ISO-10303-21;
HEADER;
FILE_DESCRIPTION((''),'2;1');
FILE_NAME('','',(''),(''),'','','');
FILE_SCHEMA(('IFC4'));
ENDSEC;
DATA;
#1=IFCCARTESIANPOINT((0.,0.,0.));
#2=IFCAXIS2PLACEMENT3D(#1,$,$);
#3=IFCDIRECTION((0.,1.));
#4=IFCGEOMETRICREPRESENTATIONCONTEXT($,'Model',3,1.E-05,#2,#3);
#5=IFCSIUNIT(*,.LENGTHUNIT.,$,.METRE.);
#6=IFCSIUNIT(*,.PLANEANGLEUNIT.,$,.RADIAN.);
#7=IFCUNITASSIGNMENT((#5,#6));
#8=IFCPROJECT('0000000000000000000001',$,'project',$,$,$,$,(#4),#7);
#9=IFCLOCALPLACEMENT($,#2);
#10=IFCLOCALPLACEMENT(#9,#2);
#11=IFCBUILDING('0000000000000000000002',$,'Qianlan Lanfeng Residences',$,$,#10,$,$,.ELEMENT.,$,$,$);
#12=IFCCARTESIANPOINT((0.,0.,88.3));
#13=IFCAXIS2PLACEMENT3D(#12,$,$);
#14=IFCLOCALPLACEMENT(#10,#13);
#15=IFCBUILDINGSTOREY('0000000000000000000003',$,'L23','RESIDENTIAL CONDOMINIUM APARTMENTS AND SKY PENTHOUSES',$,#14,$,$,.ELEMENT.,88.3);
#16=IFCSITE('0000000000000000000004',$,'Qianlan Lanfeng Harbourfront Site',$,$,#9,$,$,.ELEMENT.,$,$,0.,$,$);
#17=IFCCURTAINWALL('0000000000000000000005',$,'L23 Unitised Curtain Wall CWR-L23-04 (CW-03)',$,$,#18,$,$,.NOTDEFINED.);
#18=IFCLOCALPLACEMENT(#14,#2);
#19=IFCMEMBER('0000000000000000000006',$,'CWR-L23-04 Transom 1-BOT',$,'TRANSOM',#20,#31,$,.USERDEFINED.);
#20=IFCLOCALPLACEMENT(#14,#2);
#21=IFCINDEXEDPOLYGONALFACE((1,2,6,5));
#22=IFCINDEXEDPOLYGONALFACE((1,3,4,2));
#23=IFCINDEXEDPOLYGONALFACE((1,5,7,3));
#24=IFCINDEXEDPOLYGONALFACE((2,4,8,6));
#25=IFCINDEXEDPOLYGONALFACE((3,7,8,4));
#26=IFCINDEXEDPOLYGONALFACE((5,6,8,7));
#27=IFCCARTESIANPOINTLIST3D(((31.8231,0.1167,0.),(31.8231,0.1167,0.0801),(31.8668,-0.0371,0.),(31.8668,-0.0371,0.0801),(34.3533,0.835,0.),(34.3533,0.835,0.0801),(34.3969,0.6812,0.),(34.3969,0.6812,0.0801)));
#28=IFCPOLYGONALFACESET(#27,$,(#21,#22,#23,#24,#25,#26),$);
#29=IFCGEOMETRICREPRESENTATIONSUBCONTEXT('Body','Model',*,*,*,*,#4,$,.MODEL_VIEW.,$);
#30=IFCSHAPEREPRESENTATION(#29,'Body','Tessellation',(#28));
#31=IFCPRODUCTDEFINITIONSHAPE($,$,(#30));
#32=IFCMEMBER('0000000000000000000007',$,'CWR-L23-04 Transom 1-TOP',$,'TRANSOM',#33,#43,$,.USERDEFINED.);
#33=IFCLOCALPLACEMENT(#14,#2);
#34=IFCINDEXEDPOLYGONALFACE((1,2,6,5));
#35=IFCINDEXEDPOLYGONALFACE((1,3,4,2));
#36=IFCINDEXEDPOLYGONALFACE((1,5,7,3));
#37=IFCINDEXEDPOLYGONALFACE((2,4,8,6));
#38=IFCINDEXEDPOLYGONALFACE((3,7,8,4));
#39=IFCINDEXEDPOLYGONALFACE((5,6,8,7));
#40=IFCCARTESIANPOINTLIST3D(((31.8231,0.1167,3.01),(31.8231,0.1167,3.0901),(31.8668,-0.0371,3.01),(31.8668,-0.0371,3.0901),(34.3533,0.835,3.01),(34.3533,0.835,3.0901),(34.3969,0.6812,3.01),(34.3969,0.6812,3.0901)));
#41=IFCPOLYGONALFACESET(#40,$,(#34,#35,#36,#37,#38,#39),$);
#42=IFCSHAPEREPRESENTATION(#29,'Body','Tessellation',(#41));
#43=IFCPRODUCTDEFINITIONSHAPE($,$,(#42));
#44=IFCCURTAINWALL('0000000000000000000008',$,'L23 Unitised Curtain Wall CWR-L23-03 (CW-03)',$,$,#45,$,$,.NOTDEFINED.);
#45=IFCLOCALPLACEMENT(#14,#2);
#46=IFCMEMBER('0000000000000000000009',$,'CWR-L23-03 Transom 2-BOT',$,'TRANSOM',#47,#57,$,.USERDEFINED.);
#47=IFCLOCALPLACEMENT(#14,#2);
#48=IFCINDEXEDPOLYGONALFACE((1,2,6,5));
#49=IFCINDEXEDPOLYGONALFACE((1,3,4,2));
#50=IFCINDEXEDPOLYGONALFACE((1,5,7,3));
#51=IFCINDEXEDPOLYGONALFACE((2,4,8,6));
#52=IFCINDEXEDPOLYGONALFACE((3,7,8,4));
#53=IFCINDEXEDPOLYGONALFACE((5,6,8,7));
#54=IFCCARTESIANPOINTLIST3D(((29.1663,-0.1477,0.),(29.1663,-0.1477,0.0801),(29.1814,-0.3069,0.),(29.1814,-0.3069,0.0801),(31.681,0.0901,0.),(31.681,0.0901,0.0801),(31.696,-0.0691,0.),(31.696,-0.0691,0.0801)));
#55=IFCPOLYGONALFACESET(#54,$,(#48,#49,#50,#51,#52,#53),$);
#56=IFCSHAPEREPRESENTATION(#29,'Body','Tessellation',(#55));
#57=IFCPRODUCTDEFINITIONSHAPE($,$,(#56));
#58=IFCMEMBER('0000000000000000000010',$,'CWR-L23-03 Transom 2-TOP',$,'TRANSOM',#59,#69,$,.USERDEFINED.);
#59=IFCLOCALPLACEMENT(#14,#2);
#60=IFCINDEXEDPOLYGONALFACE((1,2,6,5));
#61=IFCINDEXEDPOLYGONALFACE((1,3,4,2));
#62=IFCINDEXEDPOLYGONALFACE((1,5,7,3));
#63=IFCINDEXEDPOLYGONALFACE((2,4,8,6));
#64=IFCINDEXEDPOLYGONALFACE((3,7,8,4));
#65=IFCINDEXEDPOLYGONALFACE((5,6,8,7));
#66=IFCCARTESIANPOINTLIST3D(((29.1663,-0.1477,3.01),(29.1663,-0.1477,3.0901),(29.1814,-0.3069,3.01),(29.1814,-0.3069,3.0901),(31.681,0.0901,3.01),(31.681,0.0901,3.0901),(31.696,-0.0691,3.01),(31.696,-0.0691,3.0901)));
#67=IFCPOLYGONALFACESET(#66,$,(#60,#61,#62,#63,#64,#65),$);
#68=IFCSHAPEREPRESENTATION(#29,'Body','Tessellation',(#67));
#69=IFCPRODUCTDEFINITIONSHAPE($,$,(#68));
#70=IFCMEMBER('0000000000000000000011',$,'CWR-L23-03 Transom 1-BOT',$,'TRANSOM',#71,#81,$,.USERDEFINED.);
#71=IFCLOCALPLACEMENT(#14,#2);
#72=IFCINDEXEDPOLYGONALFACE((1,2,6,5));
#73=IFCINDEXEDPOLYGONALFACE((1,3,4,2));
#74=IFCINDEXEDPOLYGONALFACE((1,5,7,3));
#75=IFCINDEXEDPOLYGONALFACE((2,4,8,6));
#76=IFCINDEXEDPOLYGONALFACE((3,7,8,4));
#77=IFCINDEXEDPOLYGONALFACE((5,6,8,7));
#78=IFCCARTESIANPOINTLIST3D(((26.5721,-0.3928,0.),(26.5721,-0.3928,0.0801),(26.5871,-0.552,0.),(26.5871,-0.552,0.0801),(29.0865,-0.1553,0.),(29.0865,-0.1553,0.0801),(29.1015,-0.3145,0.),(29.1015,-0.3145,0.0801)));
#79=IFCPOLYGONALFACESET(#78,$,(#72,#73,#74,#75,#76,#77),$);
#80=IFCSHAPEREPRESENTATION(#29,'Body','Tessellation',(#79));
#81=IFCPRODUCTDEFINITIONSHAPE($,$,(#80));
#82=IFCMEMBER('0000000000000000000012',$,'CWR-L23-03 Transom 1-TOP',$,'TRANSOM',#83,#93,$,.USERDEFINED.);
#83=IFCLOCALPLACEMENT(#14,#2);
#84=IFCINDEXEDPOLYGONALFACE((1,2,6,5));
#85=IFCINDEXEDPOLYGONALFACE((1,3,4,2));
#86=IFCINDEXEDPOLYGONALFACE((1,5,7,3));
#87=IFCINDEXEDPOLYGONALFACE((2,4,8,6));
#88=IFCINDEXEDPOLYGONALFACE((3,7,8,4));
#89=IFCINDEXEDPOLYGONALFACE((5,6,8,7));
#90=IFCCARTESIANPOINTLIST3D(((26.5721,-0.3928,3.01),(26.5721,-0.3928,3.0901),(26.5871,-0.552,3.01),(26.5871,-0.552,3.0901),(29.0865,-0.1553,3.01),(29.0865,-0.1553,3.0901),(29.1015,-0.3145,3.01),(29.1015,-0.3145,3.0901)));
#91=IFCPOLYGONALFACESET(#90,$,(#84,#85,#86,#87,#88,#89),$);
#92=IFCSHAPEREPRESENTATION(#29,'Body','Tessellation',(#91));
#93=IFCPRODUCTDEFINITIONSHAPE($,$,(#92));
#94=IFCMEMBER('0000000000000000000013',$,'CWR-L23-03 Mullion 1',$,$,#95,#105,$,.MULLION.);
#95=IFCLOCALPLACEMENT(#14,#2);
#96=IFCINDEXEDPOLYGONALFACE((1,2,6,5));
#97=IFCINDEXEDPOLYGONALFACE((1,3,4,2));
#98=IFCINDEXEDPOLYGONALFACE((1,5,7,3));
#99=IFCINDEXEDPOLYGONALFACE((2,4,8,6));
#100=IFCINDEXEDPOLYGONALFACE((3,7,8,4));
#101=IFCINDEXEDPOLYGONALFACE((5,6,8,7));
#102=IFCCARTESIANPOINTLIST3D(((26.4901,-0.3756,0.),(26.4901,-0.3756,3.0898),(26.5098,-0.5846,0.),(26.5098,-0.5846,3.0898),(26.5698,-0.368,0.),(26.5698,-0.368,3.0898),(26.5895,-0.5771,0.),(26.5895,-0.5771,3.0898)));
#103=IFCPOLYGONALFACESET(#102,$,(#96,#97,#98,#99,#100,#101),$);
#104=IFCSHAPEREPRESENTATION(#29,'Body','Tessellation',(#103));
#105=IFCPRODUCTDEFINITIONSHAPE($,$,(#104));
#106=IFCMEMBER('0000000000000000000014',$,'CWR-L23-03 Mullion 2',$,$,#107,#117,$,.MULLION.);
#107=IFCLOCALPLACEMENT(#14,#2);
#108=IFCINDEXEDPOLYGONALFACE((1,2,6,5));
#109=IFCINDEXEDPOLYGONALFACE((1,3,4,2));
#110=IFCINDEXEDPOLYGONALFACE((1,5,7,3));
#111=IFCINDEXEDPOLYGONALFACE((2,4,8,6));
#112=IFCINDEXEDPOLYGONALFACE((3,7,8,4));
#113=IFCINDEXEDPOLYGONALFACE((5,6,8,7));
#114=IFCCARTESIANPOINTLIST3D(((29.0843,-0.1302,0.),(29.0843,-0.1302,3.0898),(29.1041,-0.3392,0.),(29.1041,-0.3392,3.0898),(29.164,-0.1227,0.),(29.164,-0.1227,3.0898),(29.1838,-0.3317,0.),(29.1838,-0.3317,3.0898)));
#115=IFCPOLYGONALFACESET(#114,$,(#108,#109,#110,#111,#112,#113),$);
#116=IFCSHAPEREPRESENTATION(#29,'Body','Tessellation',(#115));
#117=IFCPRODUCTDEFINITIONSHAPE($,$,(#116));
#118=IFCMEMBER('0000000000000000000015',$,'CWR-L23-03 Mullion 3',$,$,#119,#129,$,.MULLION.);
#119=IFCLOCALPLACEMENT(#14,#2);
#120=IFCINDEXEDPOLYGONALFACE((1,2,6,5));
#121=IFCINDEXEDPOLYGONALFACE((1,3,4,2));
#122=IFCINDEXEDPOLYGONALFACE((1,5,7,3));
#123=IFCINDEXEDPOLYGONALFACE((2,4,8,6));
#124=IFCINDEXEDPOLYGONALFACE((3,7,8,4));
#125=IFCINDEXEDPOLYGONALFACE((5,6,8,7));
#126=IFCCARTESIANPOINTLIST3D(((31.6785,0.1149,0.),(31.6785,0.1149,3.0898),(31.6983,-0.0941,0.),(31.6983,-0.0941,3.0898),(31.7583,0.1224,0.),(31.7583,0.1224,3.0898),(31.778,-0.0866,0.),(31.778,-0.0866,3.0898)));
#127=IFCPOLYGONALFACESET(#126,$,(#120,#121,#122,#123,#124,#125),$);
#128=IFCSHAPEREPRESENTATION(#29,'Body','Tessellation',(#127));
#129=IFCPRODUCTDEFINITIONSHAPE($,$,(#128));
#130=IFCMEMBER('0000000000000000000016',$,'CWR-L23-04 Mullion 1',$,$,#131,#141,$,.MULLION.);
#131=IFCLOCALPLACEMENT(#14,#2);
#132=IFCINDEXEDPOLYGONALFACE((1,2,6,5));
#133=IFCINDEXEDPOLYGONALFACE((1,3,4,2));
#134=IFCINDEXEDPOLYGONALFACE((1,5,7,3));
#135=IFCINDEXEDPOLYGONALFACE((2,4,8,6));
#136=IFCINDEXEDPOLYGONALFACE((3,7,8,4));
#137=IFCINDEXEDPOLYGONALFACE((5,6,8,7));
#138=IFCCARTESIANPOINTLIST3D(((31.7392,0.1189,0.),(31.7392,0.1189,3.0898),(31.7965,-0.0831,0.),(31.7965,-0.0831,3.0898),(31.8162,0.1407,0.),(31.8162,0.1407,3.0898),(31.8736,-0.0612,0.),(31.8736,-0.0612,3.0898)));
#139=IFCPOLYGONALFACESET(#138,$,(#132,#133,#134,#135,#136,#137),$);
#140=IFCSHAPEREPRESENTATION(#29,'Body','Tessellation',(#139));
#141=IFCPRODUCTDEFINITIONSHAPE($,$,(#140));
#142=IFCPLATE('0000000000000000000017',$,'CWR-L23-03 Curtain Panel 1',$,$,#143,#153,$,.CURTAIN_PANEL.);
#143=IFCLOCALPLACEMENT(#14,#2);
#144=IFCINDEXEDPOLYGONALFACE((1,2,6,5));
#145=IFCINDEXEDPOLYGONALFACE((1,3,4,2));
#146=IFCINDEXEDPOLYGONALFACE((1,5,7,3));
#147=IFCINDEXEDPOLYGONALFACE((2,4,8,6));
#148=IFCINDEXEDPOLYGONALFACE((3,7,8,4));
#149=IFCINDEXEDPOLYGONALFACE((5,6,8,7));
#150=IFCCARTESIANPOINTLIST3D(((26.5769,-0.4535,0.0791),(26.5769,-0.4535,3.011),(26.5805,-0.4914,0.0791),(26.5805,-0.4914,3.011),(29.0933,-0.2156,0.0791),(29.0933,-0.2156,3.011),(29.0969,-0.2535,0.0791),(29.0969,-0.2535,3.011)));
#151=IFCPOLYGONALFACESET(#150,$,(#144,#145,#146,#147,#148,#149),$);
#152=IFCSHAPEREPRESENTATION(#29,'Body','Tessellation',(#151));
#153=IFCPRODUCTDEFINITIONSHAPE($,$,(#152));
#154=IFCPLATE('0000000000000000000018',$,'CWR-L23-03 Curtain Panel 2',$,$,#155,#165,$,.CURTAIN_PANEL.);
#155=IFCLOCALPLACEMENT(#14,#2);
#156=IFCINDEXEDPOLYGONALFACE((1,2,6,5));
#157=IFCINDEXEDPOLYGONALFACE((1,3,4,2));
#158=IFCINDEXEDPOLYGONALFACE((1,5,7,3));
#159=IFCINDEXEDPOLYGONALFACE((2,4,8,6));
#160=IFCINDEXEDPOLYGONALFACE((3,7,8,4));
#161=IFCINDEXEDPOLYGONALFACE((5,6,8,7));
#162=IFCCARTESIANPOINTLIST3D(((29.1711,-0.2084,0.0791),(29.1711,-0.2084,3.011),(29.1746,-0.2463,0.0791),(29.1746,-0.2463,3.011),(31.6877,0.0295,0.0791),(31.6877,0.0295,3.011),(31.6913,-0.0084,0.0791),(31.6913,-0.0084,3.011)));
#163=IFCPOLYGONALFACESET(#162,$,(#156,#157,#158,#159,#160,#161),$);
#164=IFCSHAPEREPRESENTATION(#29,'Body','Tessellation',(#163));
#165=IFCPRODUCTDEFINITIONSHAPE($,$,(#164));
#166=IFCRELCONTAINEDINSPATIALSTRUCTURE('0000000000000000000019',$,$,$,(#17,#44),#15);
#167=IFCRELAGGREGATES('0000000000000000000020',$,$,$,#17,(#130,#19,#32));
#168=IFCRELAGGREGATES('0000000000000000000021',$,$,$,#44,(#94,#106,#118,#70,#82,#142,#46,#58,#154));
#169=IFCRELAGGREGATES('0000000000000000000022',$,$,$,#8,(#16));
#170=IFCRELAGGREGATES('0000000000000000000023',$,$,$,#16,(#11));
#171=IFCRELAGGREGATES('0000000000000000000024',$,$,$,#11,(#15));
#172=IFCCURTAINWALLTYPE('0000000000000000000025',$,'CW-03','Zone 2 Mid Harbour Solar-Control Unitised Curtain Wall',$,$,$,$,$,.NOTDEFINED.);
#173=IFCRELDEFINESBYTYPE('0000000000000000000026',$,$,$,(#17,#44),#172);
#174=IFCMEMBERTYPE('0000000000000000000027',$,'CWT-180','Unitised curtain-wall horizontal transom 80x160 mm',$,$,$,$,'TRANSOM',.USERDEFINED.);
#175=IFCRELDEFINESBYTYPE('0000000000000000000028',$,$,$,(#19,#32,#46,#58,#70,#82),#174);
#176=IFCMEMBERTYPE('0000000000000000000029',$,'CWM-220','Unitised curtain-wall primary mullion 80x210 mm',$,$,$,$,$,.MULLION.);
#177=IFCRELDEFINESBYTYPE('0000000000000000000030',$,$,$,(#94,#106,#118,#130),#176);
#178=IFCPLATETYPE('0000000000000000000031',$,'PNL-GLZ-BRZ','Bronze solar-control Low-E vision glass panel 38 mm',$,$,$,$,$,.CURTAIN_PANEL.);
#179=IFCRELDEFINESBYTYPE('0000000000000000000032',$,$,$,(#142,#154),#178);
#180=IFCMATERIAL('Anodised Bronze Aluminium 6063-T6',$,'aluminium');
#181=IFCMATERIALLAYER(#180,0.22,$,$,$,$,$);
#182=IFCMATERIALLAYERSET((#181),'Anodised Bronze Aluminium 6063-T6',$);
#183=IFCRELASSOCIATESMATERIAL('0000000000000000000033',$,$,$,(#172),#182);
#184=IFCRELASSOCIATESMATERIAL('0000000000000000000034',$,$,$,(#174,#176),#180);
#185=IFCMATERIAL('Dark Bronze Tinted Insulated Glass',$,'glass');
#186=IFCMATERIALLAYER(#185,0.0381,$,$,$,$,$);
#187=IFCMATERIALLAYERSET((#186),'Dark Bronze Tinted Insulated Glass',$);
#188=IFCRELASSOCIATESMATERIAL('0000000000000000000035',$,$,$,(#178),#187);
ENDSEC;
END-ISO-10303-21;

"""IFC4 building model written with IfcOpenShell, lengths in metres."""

from ifc_helpers import new_model, si_unit, direction, frame, origin, origin_2d, place, context, subcontext, project, spatial, rectangle, extrude, source, transform, mapped, material, layer, layer_set, material_profile, profile_set, type_object, element, aggregate, save


model = new_model("IFC4")

# Units and contexts
model_context = context("Model", 3, precision=1e-05, world=origin(), true_north=direction((0.0, 1.0)))
body_context = subcontext(model_context, "Body", "Model", "MODEL_VIEW")
ifc_project = project(units=[si_unit("LENGTHUNIT", "METRE"), si_unit("PLANEANGLEUNIT", "RADIAN")], contexts=[model_context])

# Site, building, storey
site_placement = place(None, origin())
site = spatial("IfcSite", under=ifc_project, at=site_placement, Name="Qianlan Lanfeng Harbourfront Site", CompositionType="ELEMENT", RefElevation=0.0)
building_placement = place(site_placement, origin())
building = spatial("IfcBuilding", under=site, at=building_placement, Name="Qianlan Lanfeng Residences", CompositionType="ELEMENT")
storey_placement = place(building_placement, frame((0.0, 0.0, 88.3)))
storey = spatial("IfcBuildingStorey", under=building, at=storey_placement, Name="L23", Description="RESIDENTIAL CONDOMINIUM APARTMENTS AND SKY PENTHOUSES", CompositionType="ELEMENT", Elevation=88.3)

# Curtain walls, members
ifc_material_1 = material(Name="Anodised Bronze Aluminium 6063-T6", Category="aluminium")
ifc_layer_1 = layer(ifc_material_1, 0.22)
ifc_layer_set_1 = layer_set([ifc_layer_1], Name="Anodised Bronze Aluminium 6063-T6")
curtain_wall_type = type_object("IfcCurtainWallType", Name="CW-03", Description="Zone 2 Mid Harbour Solar-Control Unitised Curtain Wall", PredefinedType="NOTDEFINED", material=ifc_layer_set_1)
curtain_wall_1_placement = place(storey_placement, origin())
curtain_wall_1 = element("IfcCurtainWall", 1, at=curtain_wall_1_placement, inside=storey, type_object=curtain_wall_type, Name="L23 Unitised Curtain Wall CWR-L23-04 (CW-03)", PredefinedType="NOTDEFINED")
ifc_material_profile_1 = material_profile(ifc_material_1, rectangle(XDim=0.0801, YDim=0.1599, at=origin_2d()), Name="ALU TRANSOM 80x160")
ifc_profile_set_1 = profile_set([ifc_material_profile_1], Name="Anodised Bronze Aluminium 6063-T6")
member_type_1 = type_object("IfcMemberType", Name="CWT-180", Description="Unitised curtain-wall horizontal transom 80x160 mm", ElementType="TRANSOM", PredefinedType="USERDEFINED", material=ifc_profile_set_1)
shared_shape_1 = source(origin(), body_context, "Body", "SweptSolid", [
    extrude(rectangle(XDim=0.0801, YDim=0.1599, at=origin_2d()), origin(), (0.0, 0.0, 1.0), 2.6301),
])
member_1_placement = place(storey_placement, frame((31.845, 0.0398, 0.04), z_axis=(0.961985, 0.273102, 0.0), x_axis=(0.0, 0.0, 1.0)))
member_1 = element("IfcMember", 2, at=member_1_placement, type_object=member_type_1, Name="CWR-L23-04 Transom 1-BOT", ObjectType="TRANSOM", PredefinedType="USERDEFINED", context=body_context, shape_type="MappedRepresentation", body=[
    mapped(shared_shape_1, transform((0.0, 0.0, 0.0), scale=1.0)),
])
member_2_placement = place(storey_placement, frame((31.845, 0.0398, 3.05), z_axis=(0.961985, 0.273102, 0.0), x_axis=(0.0, 0.0, 1.0)))
member_2 = element("IfcMember", 3, at=member_2_placement, type_object=member_type_1, Name="CWR-L23-04 Transom 1-TOP", ObjectType="TRANSOM", PredefinedType="USERDEFINED", context=body_context, shape_type="MappedRepresentation", body=[
    mapped(shared_shape_1, transform((0.0, 0.0, 0.0), scale=1.0)),
])
curtain_wall_2_placement = place(storey_placement, origin())
curtain_wall_2 = element("IfcCurtainWall", 4, at=curtain_wall_2_placement, inside=storey, type_object=curtain_wall_type, Name="L23 Unitised Curtain Wall CWR-L23-03 (CW-03)", PredefinedType="NOTDEFINED")
shared_shape_2 = source(origin(), body_context, "Body", "SweptSolid", [
    extrude(rectangle(XDim=0.0801, YDim=0.1599, at=origin_2d()), origin(), (0.0, 0.0, 1.0), 2.5259),
])
member_3_placement = place(storey_placement, frame((29.1738, -0.2273, 0.04), z_axis=(0.995559, 0.094143, 0.0), x_axis=(0.0, 0.0, 1.0)))
member_3 = element("IfcMember", 5, at=member_3_placement, type_object=member_type_1, Name="CWR-L23-03 Transom 2-BOT", ObjectType="TRANSOM", PredefinedType="USERDEFINED", context=body_context, shape_type="MappedRepresentation", body=[
    mapped(shared_shape_2, transform((0.0, 0.0, 0.0), scale=1.0)),
])
member_4_placement = place(storey_placement, frame((29.1738, -0.2273, 3.05), z_axis=(0.995559, 0.094143, 0.0), x_axis=(0.0, 0.0, 1.0)))
member_4 = element("IfcMember", 6, at=member_4_placement, type_object=member_type_1, Name="CWR-L23-03 Transom 2-TOP", ObjectType="TRANSOM", PredefinedType="USERDEFINED", context=body_context, shape_type="MappedRepresentation", body=[
    mapped(shared_shape_2, transform((0.0, 0.0, 0.0), scale=1.0)),
])
shared_shape_3 = source(origin(), body_context, "Body", "SweptSolid", [
    extrude(rectangle(XDim=0.0801, YDim=0.1599, at=origin_2d()), origin(), (0.0, 0.0, 1.0), 2.5256),
])
member_5_placement = place(storey_placement, frame((26.5796, -0.4724, 0.04), z_axis=(0.995567, 0.094056, 0.0), x_axis=(0.0, 0.0, 1.0)))
member_5 = element("IfcMember", 7, at=member_5_placement, type_object=member_type_1, Name="CWR-L23-03 Transom 1-BOT", ObjectType="TRANSOM", PredefinedType="USERDEFINED", context=body_context, shape_type="MappedRepresentation", body=[
    mapped(shared_shape_3, transform((0.0, 0.0, 0.0), scale=1.0)),
])
member_6_placement = place(storey_placement, frame((26.5796, -0.4724, 3.05), z_axis=(0.995567, 0.094056, 0.0), x_axis=(0.0, 0.0, 1.0)))
member_6 = element("IfcMember", 8, at=member_6_placement, type_object=member_type_1, Name="CWR-L23-03 Transom 1-TOP", ObjectType="TRANSOM", PredefinedType="USERDEFINED", context=body_context, shape_type="MappedRepresentation", body=[
    mapped(shared_shape_3, transform((0.0, 0.0, 0.0), scale=1.0)),
])
ifc_material_profile_2 = material_profile(ifc_material_1, rectangle(XDim=0.0801, YDim=0.21, at=origin_2d()), Name="ALU MULLION 80x210")
ifc_profile_set_2 = profile_set([ifc_material_profile_2], Name="Anodised Bronze Aluminium 6063-T6")
member_type_2 = type_object("IfcMemberType", Name="CWM-220", Description="Unitised curtain-wall primary mullion 80x210 mm", PredefinedType="MULLION", material=ifc_profile_set_2)
shared_shape_4 = source(origin(), body_context, "Body", "SweptSolid", [
    extrude(rectangle(XDim=0.0801, YDim=0.21, at=origin_2d()), origin(), (0.0, 0.0, 1.0), 3.0898),
])
member_7_placement = place(storey_placement, frame((26.5398, -0.4763, 0.0), z_axis=(0.0, 0.0, 1.0), x_axis=(0.995561, 0.094114, 0.0)))
member_7 = element("IfcMember", 9, at=member_7_placement, type_object=member_type_2, Name="CWR-L23-03 Mullion 1", PredefinedType="MULLION", context=body_context, shape_type="MappedRepresentation", body=[
    mapped(shared_shape_4, transform((0.0, 0.0, 0.0), scale=1.0)),
])
member_8_placement = place(storey_placement, frame((29.134, -0.231, 0.0), z_axis=(0.0, 0.0, 1.0), x_axis=(0.995561, 0.094114, 0.0)))
member_8 = element("IfcMember", 10, at=member_8_placement, type_object=member_type_2, Name="CWR-L23-03 Mullion 2", PredefinedType="MULLION", context=body_context, shape_type="MappedRepresentation", body=[
    mapped(shared_shape_4, transform((0.0, 0.0, 0.0), scale=1.0)),
])
member_9_placement = place(storey_placement, frame((31.7283, 0.0142, 0.0), z_axis=(0.0, 0.0, 1.0), x_axis=(0.995561, 0.094114, 0.0)))
member_9 = element("IfcMember", 11, at=member_9_placement, type_object=member_type_2, Name="CWR-L23-03 Mullion 3", PredefinedType="MULLION", context=body_context, shape_type="MappedRepresentation", body=[
    mapped(shared_shape_4, transform((0.0, 0.0, 0.0), scale=1.0)),
])

# Member
member_10_placement = place(storey_placement, frame((31.8064, 0.0288, 0.0), z_axis=(0.0, 0.0, 1.0), x_axis=(0.961989, 0.273088, 0.0)))
member_10 = element("IfcMember", 12, at=member_10_placement, type_object=member_type_2, Name="CWR-L23-04 Mullion 1", PredefinedType="MULLION", context=body_context, shape_type="MappedRepresentation", body=[
    mapped(shared_shape_4, transform((0.0, 0.0, 0.0), scale=1.0)),
])
aggregate(curtain_wall_1, [member_10, member_1, member_2])

# Plates
ifc_material_2 = material(Name="Dark Bronze Tinted Insulated Glass", Category="glass")
ifc_layer_2 = layer(ifc_material_2, 0.0381)
ifc_layer_set_2 = layer_set([ifc_layer_2], Name="Dark Bronze Tinted Insulated Glass")
plate_type = type_object("IfcPlateType", Name="PNL-GLZ-BRZ", Description="Bronze solar-control Low-E vision glass panel 38 mm", PredefinedType="CURTAIN_PANEL", material=ifc_layer_set_2)
shared_shape_5 = source(origin(), body_context, "Body", "SweptSolid", [
    extrude(rectangle(XDim=2.5276, YDim=0.0381, at=origin_2d()), origin(), (0.0, 0.0, 1.0), 2.9319),
])
plate_1_placement = place(storey_placement, frame((27.8369, -0.3535, 0.0791), z_axis=(0.0, 0.0, 1.0), x_axis=(0.995561, 0.094114, 0.0)))
plate_1 = element("IfcPlate", 13, at=plate_1_placement, type_object=plate_type, Name="CWR-L23-03 Curtain Panel 1", PredefinedType="CURTAIN_PANEL", context=body_context, shape_type="MappedRepresentation", body=[
    mapped(shared_shape_5, transform((0.0, 0.0, 0.0), scale=1.0)),
])
shared_shape_6 = source(origin(), body_context, "Body", "SweptSolid", [
    extrude(rectangle(XDim=2.5278, YDim=0.0381, at=origin_2d()), origin(), (0.0, 0.0, 1.0), 2.9319),
])
plate_2_placement = place(storey_placement, frame((30.4312, -0.1084, 0.0791), z_axis=(0.0, 0.0, 1.0), x_axis=(0.995561, 0.094114, 0.0)))
plate_2 = element("IfcPlate", 14, at=plate_2_placement, type_object=plate_type, Name="CWR-L23-03 Curtain Panel 2", PredefinedType="CURTAIN_PANEL", context=body_context, shape_type="MappedRepresentation", body=[
    mapped(shared_shape_6, transform((0.0, 0.0, 0.0), scale=1.0)),
])
aggregate(curtain_wall_2, [member_7, member_8, member_9, member_5, member_6, plate_1, member_3, member_4, plate_2])

save(model, "model.ifc")
